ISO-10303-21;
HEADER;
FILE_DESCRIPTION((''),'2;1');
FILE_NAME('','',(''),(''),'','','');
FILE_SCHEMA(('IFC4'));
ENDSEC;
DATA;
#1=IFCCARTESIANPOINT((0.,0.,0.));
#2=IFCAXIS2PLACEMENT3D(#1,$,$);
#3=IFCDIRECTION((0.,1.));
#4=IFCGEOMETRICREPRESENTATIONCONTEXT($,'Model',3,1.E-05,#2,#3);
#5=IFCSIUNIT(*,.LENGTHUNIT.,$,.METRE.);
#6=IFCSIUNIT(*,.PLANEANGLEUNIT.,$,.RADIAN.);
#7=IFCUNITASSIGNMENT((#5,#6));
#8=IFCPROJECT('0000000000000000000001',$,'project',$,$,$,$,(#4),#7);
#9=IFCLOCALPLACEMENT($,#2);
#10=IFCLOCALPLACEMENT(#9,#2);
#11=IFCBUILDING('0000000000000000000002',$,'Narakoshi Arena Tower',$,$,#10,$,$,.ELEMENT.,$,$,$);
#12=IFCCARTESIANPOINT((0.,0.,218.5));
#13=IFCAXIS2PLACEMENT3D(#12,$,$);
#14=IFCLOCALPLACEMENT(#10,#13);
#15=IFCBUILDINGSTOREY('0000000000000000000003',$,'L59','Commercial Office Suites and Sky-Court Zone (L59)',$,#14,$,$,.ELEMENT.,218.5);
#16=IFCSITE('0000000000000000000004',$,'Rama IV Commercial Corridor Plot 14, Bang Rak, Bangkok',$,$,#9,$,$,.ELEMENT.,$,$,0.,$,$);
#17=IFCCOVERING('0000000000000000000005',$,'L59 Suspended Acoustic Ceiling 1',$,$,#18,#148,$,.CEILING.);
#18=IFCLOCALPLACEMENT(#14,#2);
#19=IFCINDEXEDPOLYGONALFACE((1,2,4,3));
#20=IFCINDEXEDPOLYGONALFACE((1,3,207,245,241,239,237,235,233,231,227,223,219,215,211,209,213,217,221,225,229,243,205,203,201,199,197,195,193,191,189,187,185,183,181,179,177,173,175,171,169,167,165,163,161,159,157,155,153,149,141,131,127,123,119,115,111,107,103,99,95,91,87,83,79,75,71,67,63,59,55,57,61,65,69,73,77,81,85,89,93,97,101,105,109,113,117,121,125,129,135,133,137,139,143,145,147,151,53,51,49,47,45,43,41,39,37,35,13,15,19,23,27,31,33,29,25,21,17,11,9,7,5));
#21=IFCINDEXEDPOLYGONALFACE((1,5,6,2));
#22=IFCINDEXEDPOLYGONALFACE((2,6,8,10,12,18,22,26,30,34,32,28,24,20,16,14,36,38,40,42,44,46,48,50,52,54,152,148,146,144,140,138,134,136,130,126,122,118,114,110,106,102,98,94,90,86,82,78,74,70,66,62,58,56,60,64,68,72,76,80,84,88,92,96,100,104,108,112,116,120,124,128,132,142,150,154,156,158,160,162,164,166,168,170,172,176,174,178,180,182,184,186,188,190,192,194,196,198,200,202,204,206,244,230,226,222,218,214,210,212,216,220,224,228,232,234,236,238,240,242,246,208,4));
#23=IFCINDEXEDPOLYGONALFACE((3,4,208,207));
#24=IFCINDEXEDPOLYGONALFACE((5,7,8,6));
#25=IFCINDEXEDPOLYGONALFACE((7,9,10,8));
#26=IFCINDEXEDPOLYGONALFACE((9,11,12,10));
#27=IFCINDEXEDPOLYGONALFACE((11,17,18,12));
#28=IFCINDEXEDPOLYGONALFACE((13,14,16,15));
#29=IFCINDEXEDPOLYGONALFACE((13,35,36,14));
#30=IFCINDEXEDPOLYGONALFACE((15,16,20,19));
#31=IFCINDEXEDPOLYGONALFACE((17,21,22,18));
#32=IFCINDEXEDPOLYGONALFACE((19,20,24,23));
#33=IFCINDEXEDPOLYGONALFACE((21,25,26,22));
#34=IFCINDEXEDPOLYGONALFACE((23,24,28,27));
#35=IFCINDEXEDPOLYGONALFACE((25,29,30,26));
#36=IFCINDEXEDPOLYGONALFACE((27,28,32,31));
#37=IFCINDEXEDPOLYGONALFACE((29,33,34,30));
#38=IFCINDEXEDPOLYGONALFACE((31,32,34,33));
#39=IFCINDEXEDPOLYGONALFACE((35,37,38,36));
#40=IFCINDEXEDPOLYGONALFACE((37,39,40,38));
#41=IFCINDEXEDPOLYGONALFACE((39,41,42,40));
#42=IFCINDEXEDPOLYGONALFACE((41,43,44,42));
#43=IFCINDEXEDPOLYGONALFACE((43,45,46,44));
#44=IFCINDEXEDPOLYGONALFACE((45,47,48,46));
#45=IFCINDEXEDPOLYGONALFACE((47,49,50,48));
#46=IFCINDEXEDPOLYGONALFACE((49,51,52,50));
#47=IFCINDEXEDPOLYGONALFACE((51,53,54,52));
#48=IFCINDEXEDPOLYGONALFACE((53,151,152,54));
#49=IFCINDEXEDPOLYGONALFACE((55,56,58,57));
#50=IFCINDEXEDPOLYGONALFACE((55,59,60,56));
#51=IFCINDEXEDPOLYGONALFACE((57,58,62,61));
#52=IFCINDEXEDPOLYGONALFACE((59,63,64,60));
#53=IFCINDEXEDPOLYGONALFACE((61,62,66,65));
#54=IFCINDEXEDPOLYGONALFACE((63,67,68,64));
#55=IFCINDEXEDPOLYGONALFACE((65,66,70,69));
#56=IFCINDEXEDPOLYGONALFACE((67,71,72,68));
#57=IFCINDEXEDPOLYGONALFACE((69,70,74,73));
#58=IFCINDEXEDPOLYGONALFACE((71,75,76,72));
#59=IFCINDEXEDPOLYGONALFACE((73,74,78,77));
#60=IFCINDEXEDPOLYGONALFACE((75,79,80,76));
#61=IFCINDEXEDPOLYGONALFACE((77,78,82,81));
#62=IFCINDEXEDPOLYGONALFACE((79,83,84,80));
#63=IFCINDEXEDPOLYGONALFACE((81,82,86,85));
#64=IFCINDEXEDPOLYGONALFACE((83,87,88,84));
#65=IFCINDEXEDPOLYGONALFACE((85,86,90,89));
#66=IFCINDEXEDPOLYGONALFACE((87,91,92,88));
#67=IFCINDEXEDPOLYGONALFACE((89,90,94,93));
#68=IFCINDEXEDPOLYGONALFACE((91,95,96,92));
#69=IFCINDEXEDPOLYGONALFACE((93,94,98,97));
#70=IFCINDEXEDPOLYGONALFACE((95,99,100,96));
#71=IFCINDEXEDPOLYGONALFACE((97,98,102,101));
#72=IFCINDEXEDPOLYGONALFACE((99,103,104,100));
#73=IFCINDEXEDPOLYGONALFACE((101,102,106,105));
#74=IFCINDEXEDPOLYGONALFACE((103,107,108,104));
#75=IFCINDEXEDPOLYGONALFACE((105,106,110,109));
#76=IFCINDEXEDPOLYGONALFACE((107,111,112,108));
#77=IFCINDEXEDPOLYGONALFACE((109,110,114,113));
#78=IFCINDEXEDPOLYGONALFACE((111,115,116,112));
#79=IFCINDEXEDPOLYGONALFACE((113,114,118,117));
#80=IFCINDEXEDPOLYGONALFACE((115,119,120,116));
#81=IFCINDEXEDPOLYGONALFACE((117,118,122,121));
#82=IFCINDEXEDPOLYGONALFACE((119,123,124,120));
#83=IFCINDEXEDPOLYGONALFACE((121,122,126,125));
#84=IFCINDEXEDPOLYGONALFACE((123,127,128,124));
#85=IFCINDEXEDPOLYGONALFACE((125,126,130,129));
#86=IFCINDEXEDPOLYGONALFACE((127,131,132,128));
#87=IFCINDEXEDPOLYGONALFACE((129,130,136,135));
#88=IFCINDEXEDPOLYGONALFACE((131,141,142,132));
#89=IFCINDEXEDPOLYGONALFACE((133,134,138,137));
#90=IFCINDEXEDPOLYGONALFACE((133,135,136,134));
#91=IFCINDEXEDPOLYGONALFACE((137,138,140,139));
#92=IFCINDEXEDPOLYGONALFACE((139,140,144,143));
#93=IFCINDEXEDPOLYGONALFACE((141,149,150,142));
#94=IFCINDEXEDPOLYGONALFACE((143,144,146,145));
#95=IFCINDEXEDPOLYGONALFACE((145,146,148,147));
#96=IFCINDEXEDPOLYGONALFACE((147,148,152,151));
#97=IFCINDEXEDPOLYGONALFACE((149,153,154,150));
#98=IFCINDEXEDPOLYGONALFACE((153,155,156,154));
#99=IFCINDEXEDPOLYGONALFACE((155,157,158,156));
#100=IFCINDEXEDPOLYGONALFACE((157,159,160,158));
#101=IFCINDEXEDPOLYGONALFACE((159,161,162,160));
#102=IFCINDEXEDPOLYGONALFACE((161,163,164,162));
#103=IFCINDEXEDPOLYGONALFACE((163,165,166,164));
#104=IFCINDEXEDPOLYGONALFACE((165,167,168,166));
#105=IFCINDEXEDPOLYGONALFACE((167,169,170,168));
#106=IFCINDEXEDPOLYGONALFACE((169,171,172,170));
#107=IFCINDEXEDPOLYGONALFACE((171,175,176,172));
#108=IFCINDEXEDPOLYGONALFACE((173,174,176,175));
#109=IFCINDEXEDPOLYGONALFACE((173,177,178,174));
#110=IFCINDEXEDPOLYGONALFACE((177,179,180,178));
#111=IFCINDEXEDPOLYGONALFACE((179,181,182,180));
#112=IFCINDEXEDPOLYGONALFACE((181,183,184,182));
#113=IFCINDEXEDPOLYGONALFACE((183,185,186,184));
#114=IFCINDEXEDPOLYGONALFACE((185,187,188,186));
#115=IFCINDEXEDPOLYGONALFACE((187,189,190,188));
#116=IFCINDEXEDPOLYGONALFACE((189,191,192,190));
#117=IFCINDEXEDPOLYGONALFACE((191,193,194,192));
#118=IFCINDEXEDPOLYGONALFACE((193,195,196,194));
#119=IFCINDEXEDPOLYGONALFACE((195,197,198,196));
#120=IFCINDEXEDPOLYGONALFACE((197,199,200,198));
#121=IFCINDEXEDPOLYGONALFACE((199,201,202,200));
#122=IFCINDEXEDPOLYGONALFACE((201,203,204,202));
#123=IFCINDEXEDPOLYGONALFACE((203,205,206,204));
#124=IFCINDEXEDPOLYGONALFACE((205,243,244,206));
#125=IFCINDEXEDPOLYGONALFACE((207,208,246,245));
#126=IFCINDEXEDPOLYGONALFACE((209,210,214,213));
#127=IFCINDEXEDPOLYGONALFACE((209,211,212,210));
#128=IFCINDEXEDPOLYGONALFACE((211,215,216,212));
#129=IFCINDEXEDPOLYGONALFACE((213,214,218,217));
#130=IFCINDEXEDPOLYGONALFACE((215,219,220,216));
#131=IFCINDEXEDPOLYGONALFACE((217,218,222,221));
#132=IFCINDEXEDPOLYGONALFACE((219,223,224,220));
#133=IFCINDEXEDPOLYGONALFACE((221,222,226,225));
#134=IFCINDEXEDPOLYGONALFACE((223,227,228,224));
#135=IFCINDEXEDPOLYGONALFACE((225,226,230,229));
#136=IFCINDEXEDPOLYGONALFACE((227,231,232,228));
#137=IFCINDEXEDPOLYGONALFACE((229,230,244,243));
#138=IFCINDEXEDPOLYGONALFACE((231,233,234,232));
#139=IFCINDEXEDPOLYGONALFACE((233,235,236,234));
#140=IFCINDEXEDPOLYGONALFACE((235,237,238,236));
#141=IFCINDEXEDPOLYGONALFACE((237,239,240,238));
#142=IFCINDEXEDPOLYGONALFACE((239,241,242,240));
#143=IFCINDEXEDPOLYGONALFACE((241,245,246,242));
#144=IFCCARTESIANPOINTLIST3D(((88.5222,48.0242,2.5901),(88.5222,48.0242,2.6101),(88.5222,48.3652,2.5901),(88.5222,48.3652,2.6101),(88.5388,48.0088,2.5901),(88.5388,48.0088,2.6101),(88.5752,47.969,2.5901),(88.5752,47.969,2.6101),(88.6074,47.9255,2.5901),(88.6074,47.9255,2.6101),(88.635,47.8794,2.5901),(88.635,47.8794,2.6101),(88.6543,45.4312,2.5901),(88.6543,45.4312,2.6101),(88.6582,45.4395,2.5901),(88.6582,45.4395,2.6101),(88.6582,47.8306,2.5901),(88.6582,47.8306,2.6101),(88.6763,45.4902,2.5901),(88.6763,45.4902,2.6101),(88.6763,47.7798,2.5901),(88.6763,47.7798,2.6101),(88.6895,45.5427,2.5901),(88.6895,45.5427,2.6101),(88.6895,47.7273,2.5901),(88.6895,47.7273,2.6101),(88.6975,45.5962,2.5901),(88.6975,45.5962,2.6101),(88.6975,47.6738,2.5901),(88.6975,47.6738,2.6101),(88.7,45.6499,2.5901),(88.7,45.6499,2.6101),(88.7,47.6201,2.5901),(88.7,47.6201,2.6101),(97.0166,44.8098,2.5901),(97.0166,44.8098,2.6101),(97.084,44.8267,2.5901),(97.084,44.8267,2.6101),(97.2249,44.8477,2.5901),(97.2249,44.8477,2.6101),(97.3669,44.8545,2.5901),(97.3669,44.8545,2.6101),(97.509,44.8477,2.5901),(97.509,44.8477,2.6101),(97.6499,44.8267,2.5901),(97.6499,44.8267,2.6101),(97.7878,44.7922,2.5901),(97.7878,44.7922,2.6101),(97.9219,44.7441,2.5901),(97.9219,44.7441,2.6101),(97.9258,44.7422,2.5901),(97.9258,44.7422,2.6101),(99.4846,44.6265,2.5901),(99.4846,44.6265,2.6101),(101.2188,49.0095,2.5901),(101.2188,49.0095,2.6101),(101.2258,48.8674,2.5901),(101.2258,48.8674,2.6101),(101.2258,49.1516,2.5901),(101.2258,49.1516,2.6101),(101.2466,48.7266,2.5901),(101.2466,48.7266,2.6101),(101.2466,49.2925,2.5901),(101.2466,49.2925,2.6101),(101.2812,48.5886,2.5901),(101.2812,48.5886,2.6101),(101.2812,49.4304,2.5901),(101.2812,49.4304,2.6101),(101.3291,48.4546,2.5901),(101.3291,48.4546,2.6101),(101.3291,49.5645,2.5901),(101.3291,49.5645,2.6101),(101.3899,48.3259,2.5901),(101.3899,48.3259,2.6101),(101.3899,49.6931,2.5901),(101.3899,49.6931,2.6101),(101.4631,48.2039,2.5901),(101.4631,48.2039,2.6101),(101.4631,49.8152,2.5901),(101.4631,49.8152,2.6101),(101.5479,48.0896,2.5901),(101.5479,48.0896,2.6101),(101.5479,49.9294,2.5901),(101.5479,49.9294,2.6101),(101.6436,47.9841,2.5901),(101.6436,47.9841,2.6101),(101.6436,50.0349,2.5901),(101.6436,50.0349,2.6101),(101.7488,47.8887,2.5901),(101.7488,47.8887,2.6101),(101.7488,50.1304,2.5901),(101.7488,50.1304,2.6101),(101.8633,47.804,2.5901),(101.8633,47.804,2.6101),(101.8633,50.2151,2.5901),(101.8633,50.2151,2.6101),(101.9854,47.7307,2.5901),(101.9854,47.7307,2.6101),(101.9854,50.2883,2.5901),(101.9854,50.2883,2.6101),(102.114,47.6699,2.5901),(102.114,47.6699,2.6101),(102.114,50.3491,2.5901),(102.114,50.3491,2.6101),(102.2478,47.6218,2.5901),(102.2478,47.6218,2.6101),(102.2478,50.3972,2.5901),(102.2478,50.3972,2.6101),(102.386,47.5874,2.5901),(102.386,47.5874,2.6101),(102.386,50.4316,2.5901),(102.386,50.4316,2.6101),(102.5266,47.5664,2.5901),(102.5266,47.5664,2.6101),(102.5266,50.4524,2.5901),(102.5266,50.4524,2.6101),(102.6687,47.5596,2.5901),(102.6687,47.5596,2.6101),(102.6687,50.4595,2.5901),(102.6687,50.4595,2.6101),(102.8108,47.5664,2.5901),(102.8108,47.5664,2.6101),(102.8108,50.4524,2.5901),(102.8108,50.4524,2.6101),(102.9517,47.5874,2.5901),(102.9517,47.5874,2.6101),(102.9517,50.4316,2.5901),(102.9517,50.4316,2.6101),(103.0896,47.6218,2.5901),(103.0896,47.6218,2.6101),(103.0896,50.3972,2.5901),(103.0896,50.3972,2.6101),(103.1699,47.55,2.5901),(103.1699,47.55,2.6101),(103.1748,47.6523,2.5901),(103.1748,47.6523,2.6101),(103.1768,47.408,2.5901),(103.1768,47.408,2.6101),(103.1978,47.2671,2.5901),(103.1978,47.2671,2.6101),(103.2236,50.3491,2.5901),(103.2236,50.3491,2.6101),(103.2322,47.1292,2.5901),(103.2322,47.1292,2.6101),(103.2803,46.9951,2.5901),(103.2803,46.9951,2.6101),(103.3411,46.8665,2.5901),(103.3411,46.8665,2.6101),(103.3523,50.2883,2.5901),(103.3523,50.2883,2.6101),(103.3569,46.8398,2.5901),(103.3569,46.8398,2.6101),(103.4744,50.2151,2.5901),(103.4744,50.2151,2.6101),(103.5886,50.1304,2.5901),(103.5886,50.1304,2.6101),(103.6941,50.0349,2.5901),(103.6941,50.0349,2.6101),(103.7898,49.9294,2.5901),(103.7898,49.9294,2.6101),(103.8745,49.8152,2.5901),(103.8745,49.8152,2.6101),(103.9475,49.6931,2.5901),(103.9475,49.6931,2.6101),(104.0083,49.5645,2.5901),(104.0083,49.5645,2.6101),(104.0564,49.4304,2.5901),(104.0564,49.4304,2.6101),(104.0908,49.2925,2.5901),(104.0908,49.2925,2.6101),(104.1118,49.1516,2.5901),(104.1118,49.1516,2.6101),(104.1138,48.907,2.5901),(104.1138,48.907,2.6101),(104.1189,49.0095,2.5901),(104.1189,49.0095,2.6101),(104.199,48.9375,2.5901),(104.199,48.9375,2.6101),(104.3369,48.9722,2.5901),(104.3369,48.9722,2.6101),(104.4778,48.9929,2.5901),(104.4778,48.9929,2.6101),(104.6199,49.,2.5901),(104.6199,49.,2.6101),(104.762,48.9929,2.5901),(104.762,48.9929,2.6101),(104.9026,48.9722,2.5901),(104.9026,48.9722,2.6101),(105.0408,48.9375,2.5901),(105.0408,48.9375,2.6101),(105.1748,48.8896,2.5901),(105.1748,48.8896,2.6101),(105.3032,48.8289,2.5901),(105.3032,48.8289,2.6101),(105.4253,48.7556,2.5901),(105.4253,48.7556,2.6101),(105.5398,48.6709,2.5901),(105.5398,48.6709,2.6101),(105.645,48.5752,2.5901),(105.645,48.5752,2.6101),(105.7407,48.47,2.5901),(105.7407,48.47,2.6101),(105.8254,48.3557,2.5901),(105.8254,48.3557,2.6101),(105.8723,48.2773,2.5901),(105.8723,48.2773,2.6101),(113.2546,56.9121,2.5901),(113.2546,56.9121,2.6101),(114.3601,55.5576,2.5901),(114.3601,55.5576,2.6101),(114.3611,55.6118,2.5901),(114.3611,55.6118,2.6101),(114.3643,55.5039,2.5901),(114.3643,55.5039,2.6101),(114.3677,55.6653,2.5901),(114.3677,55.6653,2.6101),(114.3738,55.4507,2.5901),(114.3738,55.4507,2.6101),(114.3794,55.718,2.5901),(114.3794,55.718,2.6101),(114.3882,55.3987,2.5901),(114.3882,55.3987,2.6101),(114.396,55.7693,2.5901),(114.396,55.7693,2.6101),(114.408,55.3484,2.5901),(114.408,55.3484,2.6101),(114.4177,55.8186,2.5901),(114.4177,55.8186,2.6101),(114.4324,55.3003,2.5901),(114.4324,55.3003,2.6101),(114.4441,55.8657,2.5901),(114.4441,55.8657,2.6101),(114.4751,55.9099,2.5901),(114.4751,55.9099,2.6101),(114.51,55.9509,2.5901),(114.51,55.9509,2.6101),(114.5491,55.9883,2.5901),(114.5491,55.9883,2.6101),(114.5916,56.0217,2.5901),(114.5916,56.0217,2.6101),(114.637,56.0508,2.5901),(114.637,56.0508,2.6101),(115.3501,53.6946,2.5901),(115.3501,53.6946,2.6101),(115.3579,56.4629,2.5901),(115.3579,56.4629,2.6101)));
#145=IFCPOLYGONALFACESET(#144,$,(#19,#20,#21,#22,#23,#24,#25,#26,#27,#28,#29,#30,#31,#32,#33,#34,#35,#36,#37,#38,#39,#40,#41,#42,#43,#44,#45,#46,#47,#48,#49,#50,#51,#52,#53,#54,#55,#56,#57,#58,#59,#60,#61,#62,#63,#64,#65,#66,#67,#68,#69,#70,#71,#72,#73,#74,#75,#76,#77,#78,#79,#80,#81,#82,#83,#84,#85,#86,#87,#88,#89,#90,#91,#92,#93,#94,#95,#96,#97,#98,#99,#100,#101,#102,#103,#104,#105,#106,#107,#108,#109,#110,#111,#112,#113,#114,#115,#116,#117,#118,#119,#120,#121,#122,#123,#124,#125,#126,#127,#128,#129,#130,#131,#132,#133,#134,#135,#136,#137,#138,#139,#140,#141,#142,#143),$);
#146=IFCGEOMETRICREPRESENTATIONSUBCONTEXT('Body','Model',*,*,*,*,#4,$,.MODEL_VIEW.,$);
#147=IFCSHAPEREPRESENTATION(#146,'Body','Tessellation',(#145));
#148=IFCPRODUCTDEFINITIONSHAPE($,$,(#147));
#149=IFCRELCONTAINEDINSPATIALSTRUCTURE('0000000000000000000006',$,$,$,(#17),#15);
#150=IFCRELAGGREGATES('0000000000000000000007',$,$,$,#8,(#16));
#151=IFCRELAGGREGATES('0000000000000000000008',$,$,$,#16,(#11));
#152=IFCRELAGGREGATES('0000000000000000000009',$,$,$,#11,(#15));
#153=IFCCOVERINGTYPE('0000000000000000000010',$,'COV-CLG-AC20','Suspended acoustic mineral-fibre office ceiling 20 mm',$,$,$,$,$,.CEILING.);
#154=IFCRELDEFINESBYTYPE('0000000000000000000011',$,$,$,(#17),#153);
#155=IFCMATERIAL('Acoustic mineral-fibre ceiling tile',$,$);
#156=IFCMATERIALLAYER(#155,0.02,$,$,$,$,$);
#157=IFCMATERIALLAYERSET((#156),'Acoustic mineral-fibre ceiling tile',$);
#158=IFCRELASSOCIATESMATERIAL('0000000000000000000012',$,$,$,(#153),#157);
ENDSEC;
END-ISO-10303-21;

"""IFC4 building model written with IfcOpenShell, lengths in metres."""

from ifc_helpers import new_model, si_unit, direction, frame, origin, place, context, subcontext, project, spatial, polyline, outline, extrude, material, layer, layer_set, type_object, element, save


model = new_model("IFC4")

# Units and contexts
model_context = context("Model", 3, precision=1e-05, world=origin(), true_north=direction((0.0, 1.0)))
body_context = subcontext(model_context, "Body", "Model", "MODEL_VIEW")
ifc_project = project(units=[si_unit("LENGTHUNIT", "METRE"), si_unit("PLANEANGLEUNIT", "RADIAN")], contexts=[model_context])

# Site, building, storey
site_placement = place(None, origin())
site = spatial("IfcSite", under=ifc_project, at=site_placement, Name="Rama IV Commercial Corridor Plot 14, Bang Rak, Bangkok", CompositionType="ELEMENT", RefElevation=0.0)
building_placement = place(site_placement, origin())
building = spatial("IfcBuilding", under=site, at=building_placement, Name="Narakoshi Arena Tower", CompositionType="ELEMENT")
storey_placement = place(building_placement, frame((0.0, 0.0, 218.5)))
storey = spatial("IfcBuildingStorey", under=building, at=storey_placement, Name="L59", Description="Commercial Office Suites and Sky-Court Zone (L59)", CompositionType="ELEMENT", Elevation=218.5)

# Covering
ifc_material_1 = material(Name="Acoustic mineral-fibre ceiling tile")
ifc_layer_1 = layer(ifc_material_1, 0.02)
ifc_layer_set_1 = layer_set([ifc_layer_1], Name="Acoustic mineral-fibre ceiling tile")
covering_type_1 = type_object("IfcCoveringType", Name="COV-CLG-AC20", Description="Suspended acoustic mineral-fibre office ceiling 20 mm", PredefinedType="CEILING", material=ifc_layer_set_1)
covering_1_placement = place(storey_placement, frame((0.0, 0.0, 2.5901)))
element("IfcCovering", 1, at=covering_1_placement, inside=storey, type_object=covering_type_1, Name="L59 Suspended Acoustic Ceiling 1", PredefinedType="CEILING", context=body_context, shape_type="SweptSolid", body=[
    extrude(outline(polyline([(88.5222, 48.3652), (113.2546, 56.9121), (115.3579, 56.4629), (114.637, 56.0508), (114.5916, 56.0217), (114.5491, 55.9883), (114.51, 55.9509), (114.4751, 55.9099), (114.4441, 55.8657), (114.4177, 55.8186), (114.396, 55.7693), (114.3794, 55.718), (114.3677, 55.6653), (114.3611, 55.6118), (114.3601, 55.5576), (114.3643, 55.5039), (114.3738, 55.4507), (114.3882, 55.3987), (114.408, 55.3484), (114.4324, 55.3003), (115.3501, 53.6946), (105.8723, 48.2773), (105.8254, 48.3557), (105.7407, 48.47), (105.645, 48.5752), (105.5398, 48.6709), (105.4253, 48.7556), (105.3032, 48.8289), (105.1748, 48.8896), (105.0408, 48.9375), (104.9026, 48.9722), (104.762, 48.9929), (104.6199, 49.0), (104.4778, 48.9929), (104.3369, 48.9722), (104.199, 48.9375), (104.1138, 48.907), (104.1189, 49.0095), (104.1118, 49.1516), (104.0908, 49.2925), (104.0564, 49.4304), (104.0083, 49.5645), (103.9475, 49.6931), (103.8745, 49.8152), (103.7898, 49.9294), (103.6941, 50.0349), (103.5886, 50.1304), (103.4744, 50.2151), (103.3523, 50.2883), (103.2236, 50.3491), (103.0896, 50.3972), (102.9517, 50.4316), (102.8108, 50.4524), (102.6687, 50.4595), (102.5266, 50.4524), (102.386, 50.4316), (102.2478, 50.3972), (102.114, 50.3491), (101.9854, 50.2883), (101.8633, 50.2151), (101.7488, 50.1304), (101.6436, 50.0349), (101.5479, 49.9294), (101.4631, 49.8152), (101.3899, 49.6931), (101.3291, 49.5645), (101.2812, 49.4304), (101.2466, 49.2925), (101.2258, 49.1516), (101.2188, 49.0095), (101.2258, 48.8674), (101.2466, 48.7266), (101.2812, 48.5886), (101.3291, 48.4546), (101.3899, 48.3259), (101.4631, 48.2039), (101.5479, 48.0896), (101.6436, 47.9841), (101.7488, 47.8887), (101.8633, 47.804), (101.9854, 47.7307), (102.114, 47.6699), (102.2478, 47.6218), (102.386, 47.5874), (102.5266, 47.5664), (102.6687, 47.5596), (102.8108, 47.5664), (102.9517, 47.5874), (103.0896, 47.6218), (103.1748, 47.6523), (103.1699, 47.55), (103.1768, 47.408), (103.1978, 47.2671), (103.2322, 47.1292), (103.2803, 46.9951), (103.3411, 46.8665), (103.3569, 46.8398), (99.4846, 44.6265), (97.9258, 44.7422), (97.9219, 44.7441), (97.7878, 44.7922), (97.6499, 44.8267), (97.509, 44.8477), (97.3669, 44.8545), (97.2249, 44.8477), (97.084, 44.8267), (97.0166, 44.8098), (88.6543, 45.4312), (88.6582, 45.4395), (88.6763, 45.4902), (88.6895, 45.5427), (88.6975, 45.5962), (88.7, 45.6499), (88.7, 47.6201), (88.6975, 47.6738), (88.6895, 47.7273), (88.6763, 47.7798), (88.6582, 47.8306), (88.635, 47.8794), (88.6074, 47.9255), (88.5752, 47.969), (88.5388, 48.0088), (88.5222, 48.0242), (88.5222, 48.3652)])), origin(), (0.0, 0.0, 1.0), 0.02),
])

save(model, "model.ifc")
